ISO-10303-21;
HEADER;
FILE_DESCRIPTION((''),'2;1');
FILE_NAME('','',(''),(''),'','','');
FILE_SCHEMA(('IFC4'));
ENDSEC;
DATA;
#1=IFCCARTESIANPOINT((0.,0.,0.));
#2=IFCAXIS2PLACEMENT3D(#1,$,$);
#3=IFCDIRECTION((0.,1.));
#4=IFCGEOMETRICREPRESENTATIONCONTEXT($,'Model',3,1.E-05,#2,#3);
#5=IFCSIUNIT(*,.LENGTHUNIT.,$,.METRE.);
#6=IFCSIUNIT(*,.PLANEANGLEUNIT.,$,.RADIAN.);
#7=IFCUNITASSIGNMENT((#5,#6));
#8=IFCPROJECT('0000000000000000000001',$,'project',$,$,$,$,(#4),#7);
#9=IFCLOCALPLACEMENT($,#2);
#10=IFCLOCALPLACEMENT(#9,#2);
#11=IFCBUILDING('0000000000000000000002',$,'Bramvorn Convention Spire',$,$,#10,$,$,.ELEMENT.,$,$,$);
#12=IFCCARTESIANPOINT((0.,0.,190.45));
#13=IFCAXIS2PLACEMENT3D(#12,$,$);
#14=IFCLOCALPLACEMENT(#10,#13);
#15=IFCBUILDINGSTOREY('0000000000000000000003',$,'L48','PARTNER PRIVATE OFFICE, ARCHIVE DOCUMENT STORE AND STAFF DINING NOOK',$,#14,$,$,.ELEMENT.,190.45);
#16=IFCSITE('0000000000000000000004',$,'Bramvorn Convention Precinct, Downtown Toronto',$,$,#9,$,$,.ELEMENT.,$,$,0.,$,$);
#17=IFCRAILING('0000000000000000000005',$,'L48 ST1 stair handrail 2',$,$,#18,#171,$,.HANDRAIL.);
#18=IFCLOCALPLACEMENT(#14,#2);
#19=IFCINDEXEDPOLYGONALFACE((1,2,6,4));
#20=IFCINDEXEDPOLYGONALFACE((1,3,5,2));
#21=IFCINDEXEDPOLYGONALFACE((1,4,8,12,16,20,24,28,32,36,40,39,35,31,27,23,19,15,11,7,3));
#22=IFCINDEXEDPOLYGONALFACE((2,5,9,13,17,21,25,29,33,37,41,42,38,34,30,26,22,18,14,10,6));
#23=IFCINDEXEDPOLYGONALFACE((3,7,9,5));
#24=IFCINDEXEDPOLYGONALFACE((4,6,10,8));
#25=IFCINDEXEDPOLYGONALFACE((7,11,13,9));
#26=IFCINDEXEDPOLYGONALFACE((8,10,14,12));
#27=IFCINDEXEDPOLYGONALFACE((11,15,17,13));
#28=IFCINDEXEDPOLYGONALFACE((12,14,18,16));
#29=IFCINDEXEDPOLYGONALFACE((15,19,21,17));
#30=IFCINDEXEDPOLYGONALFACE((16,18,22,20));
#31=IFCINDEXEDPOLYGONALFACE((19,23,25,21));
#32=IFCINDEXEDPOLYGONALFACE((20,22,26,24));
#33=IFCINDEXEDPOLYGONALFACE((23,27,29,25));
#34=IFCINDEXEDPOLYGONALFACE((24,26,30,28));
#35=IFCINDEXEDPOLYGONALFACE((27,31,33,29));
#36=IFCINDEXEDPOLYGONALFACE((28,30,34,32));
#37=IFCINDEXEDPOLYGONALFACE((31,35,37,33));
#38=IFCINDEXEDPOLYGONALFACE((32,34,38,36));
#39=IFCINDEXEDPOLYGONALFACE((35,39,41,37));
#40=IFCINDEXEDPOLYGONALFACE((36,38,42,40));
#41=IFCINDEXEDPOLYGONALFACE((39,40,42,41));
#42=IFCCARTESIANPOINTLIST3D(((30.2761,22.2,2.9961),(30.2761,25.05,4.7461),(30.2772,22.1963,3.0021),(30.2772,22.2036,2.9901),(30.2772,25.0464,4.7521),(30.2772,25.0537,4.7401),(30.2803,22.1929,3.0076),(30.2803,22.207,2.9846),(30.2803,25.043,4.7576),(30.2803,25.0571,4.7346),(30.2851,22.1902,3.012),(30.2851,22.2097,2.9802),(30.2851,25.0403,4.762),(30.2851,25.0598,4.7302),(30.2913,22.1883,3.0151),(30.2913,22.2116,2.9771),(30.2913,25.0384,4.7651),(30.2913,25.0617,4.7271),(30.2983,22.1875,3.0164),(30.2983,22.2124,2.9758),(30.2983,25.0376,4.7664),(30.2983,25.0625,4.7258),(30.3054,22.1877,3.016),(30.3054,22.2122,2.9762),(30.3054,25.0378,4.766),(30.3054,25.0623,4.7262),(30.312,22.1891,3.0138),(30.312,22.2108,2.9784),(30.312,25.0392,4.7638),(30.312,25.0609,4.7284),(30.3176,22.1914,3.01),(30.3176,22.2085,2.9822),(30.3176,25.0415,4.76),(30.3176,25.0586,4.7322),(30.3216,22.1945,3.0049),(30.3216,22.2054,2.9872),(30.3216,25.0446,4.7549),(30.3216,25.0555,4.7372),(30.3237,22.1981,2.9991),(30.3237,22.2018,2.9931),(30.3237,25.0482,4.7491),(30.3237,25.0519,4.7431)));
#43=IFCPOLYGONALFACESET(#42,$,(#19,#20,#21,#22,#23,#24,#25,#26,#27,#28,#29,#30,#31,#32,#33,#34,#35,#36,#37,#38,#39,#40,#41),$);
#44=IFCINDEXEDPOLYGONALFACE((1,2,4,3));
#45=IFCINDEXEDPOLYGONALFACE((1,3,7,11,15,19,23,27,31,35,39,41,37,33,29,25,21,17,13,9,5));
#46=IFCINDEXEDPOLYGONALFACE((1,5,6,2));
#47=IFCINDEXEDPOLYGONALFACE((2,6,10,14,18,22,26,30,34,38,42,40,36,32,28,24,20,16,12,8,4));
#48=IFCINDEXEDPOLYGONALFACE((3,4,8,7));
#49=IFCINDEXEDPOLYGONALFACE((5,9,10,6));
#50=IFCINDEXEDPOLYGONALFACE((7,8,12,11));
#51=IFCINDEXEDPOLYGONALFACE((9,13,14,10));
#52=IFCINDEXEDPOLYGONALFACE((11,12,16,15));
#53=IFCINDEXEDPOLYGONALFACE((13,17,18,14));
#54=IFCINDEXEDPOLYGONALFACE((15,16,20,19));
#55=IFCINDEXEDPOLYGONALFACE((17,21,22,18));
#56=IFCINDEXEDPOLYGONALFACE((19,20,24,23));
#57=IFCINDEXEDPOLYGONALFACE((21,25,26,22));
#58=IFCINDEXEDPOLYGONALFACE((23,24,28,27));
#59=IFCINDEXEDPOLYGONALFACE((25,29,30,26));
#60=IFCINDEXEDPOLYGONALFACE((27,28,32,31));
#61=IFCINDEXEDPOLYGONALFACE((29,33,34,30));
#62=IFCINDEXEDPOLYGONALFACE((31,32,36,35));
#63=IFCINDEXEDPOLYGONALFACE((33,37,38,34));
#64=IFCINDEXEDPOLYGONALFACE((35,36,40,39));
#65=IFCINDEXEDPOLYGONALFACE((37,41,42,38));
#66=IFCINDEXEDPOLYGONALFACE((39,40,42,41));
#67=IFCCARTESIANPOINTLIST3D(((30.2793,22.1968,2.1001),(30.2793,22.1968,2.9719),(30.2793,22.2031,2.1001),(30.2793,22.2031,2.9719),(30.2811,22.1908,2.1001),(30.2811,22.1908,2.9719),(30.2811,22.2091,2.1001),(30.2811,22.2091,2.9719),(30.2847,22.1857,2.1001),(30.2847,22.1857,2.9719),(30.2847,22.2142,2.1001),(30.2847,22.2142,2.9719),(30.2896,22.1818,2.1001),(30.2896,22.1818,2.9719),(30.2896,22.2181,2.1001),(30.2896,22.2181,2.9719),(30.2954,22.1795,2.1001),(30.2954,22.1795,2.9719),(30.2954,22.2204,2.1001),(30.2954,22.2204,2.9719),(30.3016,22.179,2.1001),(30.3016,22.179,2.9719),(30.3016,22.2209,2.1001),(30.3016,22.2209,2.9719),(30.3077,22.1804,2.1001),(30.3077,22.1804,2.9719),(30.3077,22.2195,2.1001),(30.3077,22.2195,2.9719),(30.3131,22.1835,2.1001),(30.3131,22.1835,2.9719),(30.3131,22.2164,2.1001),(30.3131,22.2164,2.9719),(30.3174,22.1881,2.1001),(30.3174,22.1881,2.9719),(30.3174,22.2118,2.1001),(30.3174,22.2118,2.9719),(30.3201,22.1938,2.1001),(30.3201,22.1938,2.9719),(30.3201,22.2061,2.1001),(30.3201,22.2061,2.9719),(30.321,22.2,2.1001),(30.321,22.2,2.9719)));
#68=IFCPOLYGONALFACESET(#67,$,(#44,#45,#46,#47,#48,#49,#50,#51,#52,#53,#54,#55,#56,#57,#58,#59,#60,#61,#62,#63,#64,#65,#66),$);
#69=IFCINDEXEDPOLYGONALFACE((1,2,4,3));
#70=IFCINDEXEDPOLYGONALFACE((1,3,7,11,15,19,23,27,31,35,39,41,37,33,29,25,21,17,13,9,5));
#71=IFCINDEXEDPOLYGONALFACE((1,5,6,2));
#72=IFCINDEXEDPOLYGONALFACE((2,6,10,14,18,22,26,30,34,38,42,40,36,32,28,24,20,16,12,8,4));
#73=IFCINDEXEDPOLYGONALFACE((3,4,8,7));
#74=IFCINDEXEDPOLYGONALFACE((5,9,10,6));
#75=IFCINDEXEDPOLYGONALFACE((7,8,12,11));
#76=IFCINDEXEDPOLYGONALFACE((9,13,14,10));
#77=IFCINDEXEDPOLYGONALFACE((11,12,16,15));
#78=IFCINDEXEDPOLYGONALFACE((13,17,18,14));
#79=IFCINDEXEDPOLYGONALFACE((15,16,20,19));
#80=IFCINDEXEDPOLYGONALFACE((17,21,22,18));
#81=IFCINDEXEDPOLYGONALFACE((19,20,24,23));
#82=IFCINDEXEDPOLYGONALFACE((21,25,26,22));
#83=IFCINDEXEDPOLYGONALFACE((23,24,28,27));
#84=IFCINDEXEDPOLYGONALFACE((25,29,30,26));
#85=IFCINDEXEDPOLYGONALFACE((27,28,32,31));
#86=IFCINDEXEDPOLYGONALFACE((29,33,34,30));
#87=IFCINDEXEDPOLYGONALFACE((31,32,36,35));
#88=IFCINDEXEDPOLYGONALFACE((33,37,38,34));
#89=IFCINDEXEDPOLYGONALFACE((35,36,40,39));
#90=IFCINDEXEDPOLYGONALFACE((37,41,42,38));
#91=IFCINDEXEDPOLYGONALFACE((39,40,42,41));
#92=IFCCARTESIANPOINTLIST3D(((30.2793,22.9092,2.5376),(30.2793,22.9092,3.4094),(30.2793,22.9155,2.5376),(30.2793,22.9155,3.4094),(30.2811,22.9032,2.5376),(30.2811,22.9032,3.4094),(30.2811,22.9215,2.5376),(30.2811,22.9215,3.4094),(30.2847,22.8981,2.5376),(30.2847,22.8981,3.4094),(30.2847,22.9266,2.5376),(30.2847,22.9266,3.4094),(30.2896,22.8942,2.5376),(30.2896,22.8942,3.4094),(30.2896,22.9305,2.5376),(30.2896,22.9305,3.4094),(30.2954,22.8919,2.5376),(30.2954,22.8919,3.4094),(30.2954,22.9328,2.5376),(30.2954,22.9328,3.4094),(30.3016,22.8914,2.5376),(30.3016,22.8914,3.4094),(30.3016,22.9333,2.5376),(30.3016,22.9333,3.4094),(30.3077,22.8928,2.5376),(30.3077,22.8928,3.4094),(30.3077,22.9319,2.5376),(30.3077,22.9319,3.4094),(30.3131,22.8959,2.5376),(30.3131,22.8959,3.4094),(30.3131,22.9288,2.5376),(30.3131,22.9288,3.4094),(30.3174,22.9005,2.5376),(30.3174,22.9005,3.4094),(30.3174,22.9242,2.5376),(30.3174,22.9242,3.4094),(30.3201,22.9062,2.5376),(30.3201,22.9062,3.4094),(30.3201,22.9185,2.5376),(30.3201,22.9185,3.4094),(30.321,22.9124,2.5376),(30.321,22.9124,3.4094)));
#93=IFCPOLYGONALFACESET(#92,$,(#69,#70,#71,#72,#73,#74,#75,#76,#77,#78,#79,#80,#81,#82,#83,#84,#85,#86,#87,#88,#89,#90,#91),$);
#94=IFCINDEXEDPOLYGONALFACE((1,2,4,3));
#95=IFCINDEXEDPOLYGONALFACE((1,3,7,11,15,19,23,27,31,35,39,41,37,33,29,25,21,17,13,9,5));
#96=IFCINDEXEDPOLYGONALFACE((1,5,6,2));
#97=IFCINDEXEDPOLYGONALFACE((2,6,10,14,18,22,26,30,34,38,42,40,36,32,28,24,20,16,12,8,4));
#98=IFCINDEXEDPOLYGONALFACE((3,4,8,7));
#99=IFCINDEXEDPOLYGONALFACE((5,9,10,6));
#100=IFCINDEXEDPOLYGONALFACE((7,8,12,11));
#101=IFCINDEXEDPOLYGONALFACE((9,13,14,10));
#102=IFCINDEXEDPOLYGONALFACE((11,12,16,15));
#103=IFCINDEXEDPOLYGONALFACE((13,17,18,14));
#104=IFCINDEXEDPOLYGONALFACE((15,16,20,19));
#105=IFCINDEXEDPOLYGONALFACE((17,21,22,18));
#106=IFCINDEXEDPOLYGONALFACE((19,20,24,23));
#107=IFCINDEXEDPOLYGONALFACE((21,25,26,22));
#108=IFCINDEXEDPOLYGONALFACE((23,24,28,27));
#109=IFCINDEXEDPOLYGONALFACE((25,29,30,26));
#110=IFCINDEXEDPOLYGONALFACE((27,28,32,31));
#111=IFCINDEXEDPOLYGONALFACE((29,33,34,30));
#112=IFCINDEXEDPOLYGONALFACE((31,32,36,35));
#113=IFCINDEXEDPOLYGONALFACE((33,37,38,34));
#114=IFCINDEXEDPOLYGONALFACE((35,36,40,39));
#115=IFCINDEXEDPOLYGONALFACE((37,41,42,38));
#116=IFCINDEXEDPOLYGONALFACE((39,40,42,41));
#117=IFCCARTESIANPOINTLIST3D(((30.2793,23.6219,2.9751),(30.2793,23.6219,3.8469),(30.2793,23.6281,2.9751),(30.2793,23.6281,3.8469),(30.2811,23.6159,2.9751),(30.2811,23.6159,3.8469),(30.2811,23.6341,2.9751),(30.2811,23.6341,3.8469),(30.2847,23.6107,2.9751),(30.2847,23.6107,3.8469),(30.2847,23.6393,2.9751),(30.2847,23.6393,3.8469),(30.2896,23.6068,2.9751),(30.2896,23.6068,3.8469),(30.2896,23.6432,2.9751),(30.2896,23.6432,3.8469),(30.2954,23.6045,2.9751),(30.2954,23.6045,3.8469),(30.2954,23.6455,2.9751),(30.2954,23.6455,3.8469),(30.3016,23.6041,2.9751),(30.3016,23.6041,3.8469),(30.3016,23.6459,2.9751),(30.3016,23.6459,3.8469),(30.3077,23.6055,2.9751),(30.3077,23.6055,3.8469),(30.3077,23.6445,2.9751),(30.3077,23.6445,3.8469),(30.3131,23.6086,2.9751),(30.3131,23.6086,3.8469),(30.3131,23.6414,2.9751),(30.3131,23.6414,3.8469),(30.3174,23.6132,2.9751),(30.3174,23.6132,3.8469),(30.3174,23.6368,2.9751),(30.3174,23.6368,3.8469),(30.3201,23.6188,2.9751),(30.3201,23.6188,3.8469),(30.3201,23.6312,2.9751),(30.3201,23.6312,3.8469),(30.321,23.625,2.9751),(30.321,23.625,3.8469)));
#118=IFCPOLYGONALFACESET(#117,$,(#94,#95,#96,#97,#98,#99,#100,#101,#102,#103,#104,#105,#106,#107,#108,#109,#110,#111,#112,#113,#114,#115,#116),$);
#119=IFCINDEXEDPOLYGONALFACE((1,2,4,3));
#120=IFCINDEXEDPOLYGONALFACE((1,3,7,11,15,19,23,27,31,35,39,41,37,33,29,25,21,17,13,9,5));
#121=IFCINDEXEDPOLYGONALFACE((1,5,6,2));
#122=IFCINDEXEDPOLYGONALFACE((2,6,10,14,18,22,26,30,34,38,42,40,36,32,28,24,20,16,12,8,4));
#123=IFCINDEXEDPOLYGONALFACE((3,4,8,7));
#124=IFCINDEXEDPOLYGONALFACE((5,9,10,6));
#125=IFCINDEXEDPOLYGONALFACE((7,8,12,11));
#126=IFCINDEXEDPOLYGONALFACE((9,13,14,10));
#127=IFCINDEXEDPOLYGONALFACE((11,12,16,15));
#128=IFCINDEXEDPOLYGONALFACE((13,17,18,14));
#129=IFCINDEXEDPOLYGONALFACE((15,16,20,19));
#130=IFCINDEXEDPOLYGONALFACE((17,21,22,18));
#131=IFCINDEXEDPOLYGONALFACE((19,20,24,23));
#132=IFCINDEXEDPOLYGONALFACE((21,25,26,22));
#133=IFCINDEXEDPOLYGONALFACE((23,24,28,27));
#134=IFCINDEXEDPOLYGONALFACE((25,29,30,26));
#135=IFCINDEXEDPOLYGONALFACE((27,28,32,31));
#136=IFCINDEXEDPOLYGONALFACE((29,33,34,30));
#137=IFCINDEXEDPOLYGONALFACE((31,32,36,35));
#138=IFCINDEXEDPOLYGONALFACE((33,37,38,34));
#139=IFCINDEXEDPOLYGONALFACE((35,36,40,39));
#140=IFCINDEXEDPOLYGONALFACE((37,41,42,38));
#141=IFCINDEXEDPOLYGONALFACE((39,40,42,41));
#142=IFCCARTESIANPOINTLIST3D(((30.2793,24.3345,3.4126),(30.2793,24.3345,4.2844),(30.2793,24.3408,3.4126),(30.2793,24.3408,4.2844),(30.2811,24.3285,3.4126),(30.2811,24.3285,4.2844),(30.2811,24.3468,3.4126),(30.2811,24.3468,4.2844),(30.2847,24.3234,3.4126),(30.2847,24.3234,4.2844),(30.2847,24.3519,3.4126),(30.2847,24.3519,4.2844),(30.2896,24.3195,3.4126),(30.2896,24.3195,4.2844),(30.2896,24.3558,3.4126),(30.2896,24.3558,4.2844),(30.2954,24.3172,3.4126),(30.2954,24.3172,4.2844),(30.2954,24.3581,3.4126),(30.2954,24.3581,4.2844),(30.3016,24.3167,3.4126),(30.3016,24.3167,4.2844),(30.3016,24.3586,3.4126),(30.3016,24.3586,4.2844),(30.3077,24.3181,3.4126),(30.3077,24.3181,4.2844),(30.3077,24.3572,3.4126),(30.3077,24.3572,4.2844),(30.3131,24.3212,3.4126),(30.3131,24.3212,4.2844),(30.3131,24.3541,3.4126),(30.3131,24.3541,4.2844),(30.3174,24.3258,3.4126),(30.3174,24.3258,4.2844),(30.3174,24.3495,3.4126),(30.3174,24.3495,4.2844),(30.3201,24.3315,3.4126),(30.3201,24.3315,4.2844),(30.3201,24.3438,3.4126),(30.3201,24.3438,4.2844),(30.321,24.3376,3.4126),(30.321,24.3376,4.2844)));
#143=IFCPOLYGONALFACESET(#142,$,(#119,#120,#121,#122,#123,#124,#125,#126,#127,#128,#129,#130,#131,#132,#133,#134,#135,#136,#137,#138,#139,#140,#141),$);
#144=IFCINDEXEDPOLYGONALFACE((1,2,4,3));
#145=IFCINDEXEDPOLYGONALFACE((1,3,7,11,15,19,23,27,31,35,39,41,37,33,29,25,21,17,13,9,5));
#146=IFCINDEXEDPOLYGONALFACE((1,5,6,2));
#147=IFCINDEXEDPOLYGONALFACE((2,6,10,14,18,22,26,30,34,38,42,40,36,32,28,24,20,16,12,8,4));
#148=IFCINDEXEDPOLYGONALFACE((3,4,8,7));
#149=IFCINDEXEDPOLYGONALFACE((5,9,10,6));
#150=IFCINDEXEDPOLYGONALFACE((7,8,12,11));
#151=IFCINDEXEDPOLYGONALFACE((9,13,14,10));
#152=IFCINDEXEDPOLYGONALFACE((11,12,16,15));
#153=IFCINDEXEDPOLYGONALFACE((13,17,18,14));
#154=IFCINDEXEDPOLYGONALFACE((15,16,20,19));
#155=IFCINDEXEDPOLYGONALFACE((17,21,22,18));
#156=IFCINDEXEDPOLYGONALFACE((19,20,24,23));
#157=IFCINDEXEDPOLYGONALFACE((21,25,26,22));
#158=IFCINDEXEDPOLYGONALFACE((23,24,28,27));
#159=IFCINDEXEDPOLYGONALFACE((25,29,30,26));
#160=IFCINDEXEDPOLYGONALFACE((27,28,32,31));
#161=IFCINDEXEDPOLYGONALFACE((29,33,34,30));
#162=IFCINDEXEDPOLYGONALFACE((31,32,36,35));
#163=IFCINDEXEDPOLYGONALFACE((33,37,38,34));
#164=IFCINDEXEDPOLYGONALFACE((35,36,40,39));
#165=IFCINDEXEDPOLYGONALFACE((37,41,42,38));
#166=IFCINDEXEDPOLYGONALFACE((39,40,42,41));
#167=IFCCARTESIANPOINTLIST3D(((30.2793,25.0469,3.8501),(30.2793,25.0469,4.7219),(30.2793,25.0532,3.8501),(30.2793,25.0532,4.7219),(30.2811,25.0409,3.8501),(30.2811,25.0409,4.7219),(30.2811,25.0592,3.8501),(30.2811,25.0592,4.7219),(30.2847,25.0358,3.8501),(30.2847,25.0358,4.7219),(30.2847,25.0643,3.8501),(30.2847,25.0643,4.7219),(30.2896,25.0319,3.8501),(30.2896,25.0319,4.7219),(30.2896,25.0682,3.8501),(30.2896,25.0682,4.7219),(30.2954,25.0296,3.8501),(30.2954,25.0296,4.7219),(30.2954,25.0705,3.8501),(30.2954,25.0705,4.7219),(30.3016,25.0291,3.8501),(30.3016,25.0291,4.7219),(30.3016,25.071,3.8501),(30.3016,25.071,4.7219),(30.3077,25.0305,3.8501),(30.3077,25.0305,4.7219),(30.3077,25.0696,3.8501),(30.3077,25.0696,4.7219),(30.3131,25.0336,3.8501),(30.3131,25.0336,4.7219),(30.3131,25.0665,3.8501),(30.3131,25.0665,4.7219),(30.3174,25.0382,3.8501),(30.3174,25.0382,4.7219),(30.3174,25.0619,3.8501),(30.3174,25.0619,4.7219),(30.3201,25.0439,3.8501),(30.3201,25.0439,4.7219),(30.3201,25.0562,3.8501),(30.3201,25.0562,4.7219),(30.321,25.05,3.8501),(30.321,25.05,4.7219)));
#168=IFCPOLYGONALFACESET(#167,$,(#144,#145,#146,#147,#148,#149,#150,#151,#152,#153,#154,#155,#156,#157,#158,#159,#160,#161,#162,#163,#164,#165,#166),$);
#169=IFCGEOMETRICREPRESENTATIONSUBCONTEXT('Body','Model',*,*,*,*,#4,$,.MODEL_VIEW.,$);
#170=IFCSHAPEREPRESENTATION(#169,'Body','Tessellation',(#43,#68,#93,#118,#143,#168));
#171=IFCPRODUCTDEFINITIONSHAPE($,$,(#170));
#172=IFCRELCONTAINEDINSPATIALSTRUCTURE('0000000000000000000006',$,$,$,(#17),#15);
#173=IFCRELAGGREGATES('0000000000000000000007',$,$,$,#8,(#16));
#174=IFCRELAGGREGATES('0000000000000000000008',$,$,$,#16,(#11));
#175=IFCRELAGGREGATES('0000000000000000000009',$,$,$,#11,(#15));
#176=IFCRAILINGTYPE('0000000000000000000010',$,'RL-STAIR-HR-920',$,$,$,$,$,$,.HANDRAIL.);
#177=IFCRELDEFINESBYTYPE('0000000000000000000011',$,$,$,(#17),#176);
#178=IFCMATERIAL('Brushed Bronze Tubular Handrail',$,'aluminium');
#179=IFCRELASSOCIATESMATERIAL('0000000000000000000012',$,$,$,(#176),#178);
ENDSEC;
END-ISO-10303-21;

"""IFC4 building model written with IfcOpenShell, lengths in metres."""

from ifc_helpers import new_model, si_unit, direction, frame, origin, origin_2d, place, context, subcontext, project, spatial, circle, extrude, material, type_object, element, save


model = new_model("IFC4")

# Units and contexts
model_context = context("Model", 3, precision=1e-05, world=origin(), true_north=direction((0.0, 1.0)))
body_context = subcontext(model_context, "Body", "Model", "MODEL_VIEW")
ifc_project = project(units=[si_unit("LENGTHUNIT", "METRE"), si_unit("PLANEANGLEUNIT", "RADIAN")], contexts=[model_context])

# Site, building, storey
site_placement = place(None, origin())
site = spatial("IfcSite", under=ifc_project, at=site_placement, Name="Bramvorn Convention Precinct, Downtown Toronto", CompositionType="ELEMENT", RefElevation=0.0)
building_placement = place(site_placement, origin())
building = spatial("IfcBuilding", under=site, at=building_placement, Name="Bramvorn Convention Spire", CompositionType="ELEMENT")
storey_placement = place(building_placement, frame((0.0, 0.0, 190.45)))
storey = spatial("IfcBuildingStorey", under=building, at=storey_placement, Name="L48", Description="PARTNER PRIVATE OFFICE, ARCHIVE DOCUMENT STORE AND STAFF DINING NOOK", CompositionType="ELEMENT", Elevation=190.45)

# Railing
ifc_material_1 = material(Name="Brushed Bronze Tubular Handrail", Category="aluminium")
railing_type_1 = type_object("IfcRailingType", Name="RL-STAIR-HR-920", PredefinedType="HANDRAIL", material=ifc_material_1)
railing_1_placement = place(storey_placement, frame((30.3, 22.2, 2.1001)))
element("IfcRailing", 1, at=railing_1_placement, inside=storey, type_object=railing_type_1, Name="L48 ST1 stair handrail 2", PredefinedType="HANDRAIL", context=body_context, shape_type="SweptSolid", body=[
    extrude(circle(Radius=0.0239, at=origin_2d()), frame((0.0, 0.0, 0.896), z_axis=(0.0, 0.852179, 0.52325), x_axis=(-1.0, 0.0, 0.0)), (0.0, 0.0, 1.0), 3.3445),
    extrude(circle(Radius=0.021, at=origin_2d()), origin(), (0.0, 0.0, 1.0), 0.8718),
    extrude(circle(Radius=0.021, at=origin_2d()), frame((0.0, 0.7124, 0.4375)), (0.0, 0.0, 1.0), 0.8718),
    extrude(circle(Radius=0.021, at=origin_2d()), frame((0.0, 1.425, 0.875)), (0.0, 0.0, 1.0), 0.8718),
    extrude(circle(Radius=0.021, at=origin_2d()), frame((0.0, 2.1377, 1.3125)), (0.0, 0.0, 1.0), 0.8718),
    extrude(circle(Radius=0.021, at=origin_2d()), frame((0.0, 2.8501, 1.75)), (0.0, 0.0, 1.0), 0.8718),
])

save(model, "model.ifc")
